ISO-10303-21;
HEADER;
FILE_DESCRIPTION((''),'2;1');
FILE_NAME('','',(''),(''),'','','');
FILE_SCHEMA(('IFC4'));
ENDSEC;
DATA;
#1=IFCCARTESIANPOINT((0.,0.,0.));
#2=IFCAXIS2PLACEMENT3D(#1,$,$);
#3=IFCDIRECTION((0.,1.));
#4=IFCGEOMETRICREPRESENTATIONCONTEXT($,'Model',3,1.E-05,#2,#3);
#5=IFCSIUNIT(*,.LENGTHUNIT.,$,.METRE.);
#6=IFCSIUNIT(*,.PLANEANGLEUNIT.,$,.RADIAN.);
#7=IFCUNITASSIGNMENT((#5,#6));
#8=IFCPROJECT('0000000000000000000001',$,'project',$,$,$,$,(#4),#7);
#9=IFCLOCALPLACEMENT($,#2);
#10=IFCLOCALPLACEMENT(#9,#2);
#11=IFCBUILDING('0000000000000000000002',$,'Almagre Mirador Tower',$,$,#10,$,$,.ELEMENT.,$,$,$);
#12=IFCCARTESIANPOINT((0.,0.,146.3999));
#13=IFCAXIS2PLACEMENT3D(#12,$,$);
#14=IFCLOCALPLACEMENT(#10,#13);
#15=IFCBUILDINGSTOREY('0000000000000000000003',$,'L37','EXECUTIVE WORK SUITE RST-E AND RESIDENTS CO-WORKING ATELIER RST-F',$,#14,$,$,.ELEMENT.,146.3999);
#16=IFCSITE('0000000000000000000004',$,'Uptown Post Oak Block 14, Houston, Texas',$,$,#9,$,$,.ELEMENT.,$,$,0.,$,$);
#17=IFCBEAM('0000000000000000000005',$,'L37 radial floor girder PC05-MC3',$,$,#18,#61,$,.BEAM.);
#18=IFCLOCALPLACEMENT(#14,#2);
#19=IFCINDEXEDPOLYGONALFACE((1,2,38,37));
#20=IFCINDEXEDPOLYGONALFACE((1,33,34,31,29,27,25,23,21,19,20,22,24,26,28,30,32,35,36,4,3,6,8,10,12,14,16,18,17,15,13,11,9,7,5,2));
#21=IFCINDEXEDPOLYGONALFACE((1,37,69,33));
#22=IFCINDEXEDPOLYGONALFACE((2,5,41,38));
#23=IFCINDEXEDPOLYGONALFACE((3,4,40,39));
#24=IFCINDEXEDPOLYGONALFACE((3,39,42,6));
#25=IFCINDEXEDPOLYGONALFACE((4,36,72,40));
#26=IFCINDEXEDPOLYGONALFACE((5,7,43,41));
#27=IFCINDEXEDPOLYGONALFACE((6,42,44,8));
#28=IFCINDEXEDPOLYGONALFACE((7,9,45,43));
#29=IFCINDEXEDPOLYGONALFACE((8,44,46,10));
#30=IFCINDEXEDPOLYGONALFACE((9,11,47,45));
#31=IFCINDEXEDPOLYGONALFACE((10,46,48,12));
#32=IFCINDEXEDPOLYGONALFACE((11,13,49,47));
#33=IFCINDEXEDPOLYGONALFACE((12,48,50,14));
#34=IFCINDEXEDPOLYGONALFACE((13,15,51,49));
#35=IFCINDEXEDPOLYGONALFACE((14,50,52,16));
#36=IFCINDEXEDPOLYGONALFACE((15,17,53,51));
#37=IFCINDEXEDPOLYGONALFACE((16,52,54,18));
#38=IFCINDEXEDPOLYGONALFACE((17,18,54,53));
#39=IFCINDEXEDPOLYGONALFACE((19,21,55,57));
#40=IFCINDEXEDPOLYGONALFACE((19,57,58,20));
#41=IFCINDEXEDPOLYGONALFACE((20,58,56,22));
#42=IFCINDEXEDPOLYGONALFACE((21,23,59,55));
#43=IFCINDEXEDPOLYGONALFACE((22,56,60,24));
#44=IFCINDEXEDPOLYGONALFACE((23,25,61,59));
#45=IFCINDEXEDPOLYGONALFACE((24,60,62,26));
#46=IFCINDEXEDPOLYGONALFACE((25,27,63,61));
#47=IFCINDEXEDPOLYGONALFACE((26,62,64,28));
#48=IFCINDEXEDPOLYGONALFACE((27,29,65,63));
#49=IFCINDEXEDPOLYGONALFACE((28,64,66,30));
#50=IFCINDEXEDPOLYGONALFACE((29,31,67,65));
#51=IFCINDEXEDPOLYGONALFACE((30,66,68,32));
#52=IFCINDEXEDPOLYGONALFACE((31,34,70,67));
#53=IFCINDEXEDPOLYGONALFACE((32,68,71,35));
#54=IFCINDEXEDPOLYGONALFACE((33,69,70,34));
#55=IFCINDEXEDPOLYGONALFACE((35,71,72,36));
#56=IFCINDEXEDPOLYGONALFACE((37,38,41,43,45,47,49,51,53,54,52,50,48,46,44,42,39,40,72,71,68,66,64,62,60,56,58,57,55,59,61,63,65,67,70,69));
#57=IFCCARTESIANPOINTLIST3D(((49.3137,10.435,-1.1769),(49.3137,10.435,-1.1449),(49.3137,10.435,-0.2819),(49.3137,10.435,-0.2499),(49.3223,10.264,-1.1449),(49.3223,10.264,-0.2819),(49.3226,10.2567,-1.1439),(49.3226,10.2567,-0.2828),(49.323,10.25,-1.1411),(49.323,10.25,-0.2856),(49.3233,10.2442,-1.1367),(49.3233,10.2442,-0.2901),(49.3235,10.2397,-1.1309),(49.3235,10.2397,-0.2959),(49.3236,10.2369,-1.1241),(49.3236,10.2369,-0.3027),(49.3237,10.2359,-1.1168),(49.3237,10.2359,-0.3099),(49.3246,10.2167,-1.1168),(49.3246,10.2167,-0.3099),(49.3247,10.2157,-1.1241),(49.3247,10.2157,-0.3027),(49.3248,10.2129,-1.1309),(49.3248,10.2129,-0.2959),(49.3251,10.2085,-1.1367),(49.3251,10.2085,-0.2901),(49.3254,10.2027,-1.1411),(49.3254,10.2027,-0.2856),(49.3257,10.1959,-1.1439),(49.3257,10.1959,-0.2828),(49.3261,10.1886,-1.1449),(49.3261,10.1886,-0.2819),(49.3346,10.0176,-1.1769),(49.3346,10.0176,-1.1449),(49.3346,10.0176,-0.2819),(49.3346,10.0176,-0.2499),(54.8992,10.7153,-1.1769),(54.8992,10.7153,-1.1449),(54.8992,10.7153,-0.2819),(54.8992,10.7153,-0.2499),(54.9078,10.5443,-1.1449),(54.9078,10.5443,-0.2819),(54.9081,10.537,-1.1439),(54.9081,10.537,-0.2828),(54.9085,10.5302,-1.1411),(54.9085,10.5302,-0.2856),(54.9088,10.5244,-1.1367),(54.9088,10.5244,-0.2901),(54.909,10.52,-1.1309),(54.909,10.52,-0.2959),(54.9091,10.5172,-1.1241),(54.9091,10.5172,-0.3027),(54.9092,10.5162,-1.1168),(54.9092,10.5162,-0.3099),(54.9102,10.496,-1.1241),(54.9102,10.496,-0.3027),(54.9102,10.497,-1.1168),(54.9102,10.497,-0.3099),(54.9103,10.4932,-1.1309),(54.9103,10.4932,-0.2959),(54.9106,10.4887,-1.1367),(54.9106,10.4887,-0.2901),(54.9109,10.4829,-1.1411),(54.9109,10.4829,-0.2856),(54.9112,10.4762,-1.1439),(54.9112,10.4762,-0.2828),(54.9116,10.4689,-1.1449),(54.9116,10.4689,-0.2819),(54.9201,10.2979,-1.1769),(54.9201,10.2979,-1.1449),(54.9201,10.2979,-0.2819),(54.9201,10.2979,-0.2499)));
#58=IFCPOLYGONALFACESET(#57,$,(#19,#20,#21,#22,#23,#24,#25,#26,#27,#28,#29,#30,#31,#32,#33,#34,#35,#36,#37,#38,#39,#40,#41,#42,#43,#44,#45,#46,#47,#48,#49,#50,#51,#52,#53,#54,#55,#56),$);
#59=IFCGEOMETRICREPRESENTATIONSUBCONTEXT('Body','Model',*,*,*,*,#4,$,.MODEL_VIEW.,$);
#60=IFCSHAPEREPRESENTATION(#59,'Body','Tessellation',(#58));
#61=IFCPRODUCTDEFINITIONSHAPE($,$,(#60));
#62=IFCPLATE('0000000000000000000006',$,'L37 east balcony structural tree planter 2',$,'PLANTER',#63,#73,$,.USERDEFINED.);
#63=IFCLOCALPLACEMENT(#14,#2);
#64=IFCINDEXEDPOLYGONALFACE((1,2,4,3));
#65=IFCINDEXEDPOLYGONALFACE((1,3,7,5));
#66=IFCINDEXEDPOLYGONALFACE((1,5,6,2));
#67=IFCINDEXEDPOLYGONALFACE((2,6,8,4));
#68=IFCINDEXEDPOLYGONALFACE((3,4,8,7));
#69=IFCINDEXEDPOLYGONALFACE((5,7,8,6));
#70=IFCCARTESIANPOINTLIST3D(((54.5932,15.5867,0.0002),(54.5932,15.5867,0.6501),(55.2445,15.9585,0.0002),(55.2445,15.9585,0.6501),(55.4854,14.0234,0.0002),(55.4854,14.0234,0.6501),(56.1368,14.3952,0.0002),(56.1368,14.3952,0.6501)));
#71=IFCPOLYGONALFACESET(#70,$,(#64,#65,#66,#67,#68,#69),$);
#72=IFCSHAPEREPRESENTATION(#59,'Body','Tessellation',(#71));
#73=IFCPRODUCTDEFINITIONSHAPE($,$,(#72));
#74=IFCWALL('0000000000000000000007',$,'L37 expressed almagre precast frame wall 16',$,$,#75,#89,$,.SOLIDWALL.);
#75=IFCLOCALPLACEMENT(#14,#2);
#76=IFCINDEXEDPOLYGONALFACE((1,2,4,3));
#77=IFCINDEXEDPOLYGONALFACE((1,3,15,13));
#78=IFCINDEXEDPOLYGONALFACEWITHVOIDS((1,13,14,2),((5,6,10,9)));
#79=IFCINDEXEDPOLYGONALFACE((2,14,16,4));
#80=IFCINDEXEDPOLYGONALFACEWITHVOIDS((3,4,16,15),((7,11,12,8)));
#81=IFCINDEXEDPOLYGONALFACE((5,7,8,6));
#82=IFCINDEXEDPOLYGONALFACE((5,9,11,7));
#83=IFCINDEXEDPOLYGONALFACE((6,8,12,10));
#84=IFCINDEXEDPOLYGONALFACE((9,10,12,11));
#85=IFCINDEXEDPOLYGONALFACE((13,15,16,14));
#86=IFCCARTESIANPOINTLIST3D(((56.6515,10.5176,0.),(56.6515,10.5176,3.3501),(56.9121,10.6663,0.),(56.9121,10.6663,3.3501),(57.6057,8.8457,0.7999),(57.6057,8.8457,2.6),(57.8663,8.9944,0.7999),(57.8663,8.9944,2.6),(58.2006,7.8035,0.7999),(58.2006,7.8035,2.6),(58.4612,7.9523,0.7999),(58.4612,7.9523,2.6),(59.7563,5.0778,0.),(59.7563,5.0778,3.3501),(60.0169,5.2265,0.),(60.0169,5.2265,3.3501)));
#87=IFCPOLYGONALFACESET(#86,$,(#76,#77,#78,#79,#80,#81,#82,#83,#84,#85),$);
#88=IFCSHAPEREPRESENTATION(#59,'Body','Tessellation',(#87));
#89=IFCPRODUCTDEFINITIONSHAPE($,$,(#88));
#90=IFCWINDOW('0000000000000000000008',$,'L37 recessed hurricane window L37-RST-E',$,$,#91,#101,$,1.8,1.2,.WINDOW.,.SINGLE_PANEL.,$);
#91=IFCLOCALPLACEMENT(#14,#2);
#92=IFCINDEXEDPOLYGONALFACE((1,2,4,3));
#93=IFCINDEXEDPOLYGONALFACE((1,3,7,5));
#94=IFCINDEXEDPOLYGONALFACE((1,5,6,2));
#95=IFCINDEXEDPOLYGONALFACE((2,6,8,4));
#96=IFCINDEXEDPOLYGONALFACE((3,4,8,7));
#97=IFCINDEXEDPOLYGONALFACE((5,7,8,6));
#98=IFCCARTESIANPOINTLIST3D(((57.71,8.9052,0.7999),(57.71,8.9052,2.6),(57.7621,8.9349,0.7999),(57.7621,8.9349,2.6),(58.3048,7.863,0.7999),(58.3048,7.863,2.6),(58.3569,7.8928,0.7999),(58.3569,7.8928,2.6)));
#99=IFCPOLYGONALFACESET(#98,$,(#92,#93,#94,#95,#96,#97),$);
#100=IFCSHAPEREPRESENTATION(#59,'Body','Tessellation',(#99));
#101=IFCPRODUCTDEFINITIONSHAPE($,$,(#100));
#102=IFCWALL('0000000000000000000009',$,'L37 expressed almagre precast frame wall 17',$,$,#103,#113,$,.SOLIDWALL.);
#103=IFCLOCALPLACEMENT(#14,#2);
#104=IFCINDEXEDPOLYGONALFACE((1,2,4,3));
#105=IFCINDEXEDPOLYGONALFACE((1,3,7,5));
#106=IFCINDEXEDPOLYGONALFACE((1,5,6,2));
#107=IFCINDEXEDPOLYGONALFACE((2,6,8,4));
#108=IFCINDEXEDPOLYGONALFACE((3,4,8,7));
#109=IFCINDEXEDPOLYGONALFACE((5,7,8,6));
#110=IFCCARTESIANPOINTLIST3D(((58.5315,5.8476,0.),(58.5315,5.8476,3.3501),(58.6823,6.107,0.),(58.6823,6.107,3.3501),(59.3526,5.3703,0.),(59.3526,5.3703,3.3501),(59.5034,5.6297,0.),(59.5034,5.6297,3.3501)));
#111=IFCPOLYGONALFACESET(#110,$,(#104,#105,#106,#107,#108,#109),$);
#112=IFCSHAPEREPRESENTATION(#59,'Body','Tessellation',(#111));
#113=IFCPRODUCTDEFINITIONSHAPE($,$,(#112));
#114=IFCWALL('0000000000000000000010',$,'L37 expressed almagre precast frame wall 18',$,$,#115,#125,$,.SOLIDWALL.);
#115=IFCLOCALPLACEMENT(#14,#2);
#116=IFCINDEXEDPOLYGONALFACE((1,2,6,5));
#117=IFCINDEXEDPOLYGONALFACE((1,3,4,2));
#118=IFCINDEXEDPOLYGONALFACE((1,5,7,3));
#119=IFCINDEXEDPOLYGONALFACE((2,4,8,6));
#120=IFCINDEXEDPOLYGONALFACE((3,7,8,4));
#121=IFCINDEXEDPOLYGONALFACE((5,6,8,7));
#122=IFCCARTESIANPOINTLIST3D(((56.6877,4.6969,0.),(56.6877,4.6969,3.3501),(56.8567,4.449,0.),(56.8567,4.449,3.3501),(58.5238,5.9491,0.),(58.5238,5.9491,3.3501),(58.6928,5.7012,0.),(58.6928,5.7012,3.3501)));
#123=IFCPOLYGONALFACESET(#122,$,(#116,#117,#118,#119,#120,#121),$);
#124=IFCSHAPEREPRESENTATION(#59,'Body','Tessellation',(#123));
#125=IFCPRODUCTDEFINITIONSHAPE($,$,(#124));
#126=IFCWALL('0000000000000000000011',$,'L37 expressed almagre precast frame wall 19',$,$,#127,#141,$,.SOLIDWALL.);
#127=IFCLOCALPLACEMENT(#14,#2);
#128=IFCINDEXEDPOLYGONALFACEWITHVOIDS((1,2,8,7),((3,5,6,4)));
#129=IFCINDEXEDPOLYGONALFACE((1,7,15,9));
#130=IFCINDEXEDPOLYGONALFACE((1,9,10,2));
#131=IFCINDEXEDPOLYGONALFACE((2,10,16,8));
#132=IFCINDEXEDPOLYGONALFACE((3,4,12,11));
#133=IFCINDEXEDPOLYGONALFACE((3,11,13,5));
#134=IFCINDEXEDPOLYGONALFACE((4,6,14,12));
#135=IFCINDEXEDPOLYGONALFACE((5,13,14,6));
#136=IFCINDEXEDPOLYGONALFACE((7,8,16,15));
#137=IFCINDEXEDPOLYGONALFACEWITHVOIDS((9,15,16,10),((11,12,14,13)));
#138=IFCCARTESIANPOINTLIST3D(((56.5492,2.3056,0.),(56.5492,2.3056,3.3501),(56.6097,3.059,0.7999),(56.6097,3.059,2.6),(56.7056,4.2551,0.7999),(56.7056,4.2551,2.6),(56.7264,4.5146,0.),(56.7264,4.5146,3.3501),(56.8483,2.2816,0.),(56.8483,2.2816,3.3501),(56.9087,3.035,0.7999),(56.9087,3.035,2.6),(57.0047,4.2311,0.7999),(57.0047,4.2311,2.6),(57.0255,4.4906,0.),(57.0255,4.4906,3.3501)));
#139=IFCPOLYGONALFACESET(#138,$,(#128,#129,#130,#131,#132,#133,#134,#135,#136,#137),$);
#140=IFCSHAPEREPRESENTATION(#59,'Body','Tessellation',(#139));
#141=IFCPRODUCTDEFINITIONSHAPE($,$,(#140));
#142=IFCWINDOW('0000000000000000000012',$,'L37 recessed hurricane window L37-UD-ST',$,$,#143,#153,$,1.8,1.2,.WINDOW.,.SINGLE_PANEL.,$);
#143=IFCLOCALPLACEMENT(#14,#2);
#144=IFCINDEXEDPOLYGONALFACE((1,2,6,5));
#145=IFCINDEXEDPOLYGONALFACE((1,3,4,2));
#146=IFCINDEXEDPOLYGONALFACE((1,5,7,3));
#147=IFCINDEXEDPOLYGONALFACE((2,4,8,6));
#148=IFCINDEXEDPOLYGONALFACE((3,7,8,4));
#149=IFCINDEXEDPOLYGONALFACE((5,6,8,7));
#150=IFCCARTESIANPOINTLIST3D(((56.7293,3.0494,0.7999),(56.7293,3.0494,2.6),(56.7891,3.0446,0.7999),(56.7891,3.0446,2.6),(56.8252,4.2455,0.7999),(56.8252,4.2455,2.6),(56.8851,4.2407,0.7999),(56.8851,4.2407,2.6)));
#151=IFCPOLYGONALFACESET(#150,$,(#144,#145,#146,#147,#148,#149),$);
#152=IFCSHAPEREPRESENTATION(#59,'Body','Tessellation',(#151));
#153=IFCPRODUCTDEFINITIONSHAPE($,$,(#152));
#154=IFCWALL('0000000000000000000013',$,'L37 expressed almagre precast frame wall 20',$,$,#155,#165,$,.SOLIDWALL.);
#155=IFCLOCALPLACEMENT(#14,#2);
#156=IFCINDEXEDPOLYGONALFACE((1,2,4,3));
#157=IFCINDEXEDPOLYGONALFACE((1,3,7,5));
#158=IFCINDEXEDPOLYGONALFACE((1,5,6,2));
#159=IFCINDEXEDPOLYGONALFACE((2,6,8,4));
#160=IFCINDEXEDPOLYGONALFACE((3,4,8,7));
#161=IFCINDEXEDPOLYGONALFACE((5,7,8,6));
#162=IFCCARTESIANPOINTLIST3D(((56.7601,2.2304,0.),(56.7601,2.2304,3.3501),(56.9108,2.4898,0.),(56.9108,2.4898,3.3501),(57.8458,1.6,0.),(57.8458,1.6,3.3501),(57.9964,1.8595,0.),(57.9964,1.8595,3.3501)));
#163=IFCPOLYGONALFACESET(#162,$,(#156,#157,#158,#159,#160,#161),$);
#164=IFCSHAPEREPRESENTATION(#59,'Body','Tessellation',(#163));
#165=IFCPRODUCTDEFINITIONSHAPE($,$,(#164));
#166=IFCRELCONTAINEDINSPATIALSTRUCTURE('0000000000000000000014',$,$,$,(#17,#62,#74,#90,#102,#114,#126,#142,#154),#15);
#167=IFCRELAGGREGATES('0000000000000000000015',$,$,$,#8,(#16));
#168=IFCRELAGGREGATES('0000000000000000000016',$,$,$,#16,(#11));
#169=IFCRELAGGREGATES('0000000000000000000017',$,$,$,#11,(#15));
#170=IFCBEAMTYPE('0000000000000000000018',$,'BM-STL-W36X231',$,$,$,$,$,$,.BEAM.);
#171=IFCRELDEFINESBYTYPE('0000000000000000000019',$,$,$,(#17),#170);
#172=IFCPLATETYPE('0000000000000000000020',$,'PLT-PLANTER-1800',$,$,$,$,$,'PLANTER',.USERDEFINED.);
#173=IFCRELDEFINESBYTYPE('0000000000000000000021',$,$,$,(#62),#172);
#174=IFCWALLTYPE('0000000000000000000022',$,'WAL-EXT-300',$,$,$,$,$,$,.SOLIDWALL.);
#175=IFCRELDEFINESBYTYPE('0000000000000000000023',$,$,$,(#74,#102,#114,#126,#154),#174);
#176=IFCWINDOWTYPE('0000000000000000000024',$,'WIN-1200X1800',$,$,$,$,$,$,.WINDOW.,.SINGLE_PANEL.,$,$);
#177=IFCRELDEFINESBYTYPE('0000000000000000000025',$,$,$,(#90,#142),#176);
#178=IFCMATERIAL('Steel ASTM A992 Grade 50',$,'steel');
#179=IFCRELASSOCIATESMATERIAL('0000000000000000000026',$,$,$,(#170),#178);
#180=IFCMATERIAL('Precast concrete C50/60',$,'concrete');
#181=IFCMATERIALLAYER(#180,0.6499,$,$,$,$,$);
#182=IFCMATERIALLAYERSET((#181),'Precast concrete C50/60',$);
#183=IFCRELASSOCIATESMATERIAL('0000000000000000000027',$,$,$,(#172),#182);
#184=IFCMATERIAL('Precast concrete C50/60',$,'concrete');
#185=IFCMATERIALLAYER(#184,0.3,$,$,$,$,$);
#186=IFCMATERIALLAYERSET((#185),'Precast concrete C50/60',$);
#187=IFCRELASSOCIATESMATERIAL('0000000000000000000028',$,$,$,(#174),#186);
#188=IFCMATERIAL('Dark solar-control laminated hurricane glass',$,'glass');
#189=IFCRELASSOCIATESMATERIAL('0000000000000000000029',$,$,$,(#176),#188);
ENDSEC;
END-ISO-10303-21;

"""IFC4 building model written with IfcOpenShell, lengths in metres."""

from ifc_helpers import new_model, si_unit, direction, frame, frame_2d, origin, origin_2d, place, context, subcontext, project, spatial, rectangle, i_section, extrude, material, layer, layer_set, material_profile, profile_set, type_object, element, fill, save


model = new_model("IFC4")

# Units and contexts
model_context = context("Model", 3, precision=1e-05, world=origin(), true_north=direction((0.0, 1.0)))
body_context = subcontext(model_context, "Body", "Model", "MODEL_VIEW")
ifc_project = project(units=[si_unit("LENGTHUNIT", "METRE"), si_unit("PLANEANGLEUNIT", "RADIAN")], contexts=[model_context])

# Site, building, storey
site_placement = place(None, origin())
site = spatial("IfcSite", under=ifc_project, at=site_placement, Name="Uptown Post Oak Block 14, Houston, Texas", CompositionType="ELEMENT", RefElevation=0.0)
building_placement = place(site_placement, origin())
building = spatial("IfcBuilding", under=site, at=building_placement, Name="Almagre Mirador Tower", CompositionType="ELEMENT")
storey_placement = place(building_placement, frame((0.0, 0.0, 146.3999)))
storey = spatial("IfcBuildingStorey", under=building, at=storey_placement, Name="L37", Description="EXECUTIVE WORK SUITE RST-E AND RESIDENTS CO-WORKING ATELIER RST-F", CompositionType="ELEMENT", Elevation=146.3999)

# Beam
ifc_material_1 = material(Name="Steel ASTM A992 Grade 50", Category="steel")
ifc_material_profile_1 = material_profile(ifc_material_1, i_section(OverallWidth=0.418, OverallDepth=0.927, WebThickness=0.0193, FlangeThickness=0.032, FilletRadius=0.0281, at=origin_2d()), Name="W36X231")
ifc_profile_set_1 = profile_set([ifc_material_profile_1], Name="Steel ASTM A992 Grade 50")
beam_type_1 = type_object("IfcBeamType", Name="BM-STL-W36X231", PredefinedType="BEAM", material=ifc_profile_set_1)
beam_1_placement = place(storey_placement, frame((54.9097, 10.5066, -0.7134), z_axis=(-0.998743, -0.050116, 0.0), x_axis=(0.050116, -0.998743, 0.0)))
element("IfcBeam", 1, at=beam_1_placement, inside=storey, type_object=beam_type_1, Name="L37 radial floor girder PC05-MC3", PredefinedType="BEAM", context=body_context, shape_type="SweptSolid", body=[
    extrude(i_section(OverallWidth=0.418, OverallDepth=0.927, WebThickness=0.0193, FlangeThickness=0.032, FilletRadius=0.0281, at=origin_2d()), origin(), (0.0, 0.0, 1.0), 5.5925),
])

# Plate
ifc_material_2 = material(Name="Precast concrete C50/60", Category="concrete")
ifc_layer_1 = layer(ifc_material_2, 0.6499)
ifc_layer_set_1 = layer_set([ifc_layer_1], Name="Precast concrete C50/60")
plate_type = type_object("IfcPlateType", Name="PLT-PLANTER-1800", ElementType="PLANTER", PredefinedType="USERDEFINED", material=ifc_layer_set_1)
plate_placement = place(storey_placement, frame((55.365, 14.991, 0.0002), z_axis=(0.0, 0.0, 1.0), x_axis=(-0.495701, 0.868493, 0.0)))
element("IfcPlate", 2, at=plate_placement, inside=storey, type_object=plate_type, Name="L37 east balcony structural tree planter 2", ObjectType="PLANTER", PredefinedType="USERDEFINED", context=body_context, shape_type="SweptSolid", body=[
    extrude(rectangle(XDim=1.8, YDim=0.75, at=origin_2d()), origin(), (0.0, 0.0, 1.0), 0.6499),
])

# Wall, opening, window
ifc_material_3 = material(Name="Precast concrete C50/60", Category="concrete")
ifc_layer_2 = layer(ifc_material_3, 0.3)
ifc_layer_set_2 = layer_set([ifc_layer_2], Name="Precast concrete C50/60")
wall_type_1 = type_object("IfcWallType", Name="WAL-EXT-300", PredefinedType="SOLIDWALL", material=ifc_layer_set_2)
wall_1_placement = place(storey_placement, frame((56.7817, 10.592, 0.0), z_axis=(0.0, 0.0, 1.0), x_axis=(0.495698, -0.868495, 0.0)))
wall_1 = element("IfcWall", 3, at=wall_1_placement, inside=storey, type_object=wall_type_1, Name="L37 expressed almagre precast frame wall 16", PredefinedType="SOLIDWALL", context=body_context, shape_type="SweptSolid", body=[
    extrude(rectangle(XDim=6.2634, YDim=0.3, at=frame_2d((3.1318, 0.0))), origin(), (0.0, 0.0, 1.0), 3.3501),
])
opening_1_placement = place(wall_1_placement, frame((1.925, 0.0, 0.8)))
opening_1 = element("IfcOpeningElement", 4, at=opening_1_placement, cuts=wall_1, PredefinedType="OPENING", context=body_context, shape_type="SweptSolid", body=[
    extrude(rectangle(XDim=1.2, YDim=1.8, at=frame_2d((0.6001, 0.8999))), frame((0.0, 0.1599, 0.0), z_axis=(0.0, -1.0, 0.0), x_axis=(1.0, 0.0, 0.0)), (0.0, 0.0, 1.0), 0.32),
])
ifc_material_4 = material(Name="Dark solar-control laminated hurricane glass", Category="glass")
window_type_1 = type_object("IfcWindowType", Name="WIN-1200X1800", PartitioningType="SINGLE_PANEL", PredefinedType="WINDOW", material=ifc_material_4)
window_1_placement = place(opening_1_placement, origin())
window_1 = element("IfcWindow", 5, at=window_1_placement, inside=storey, type_object=window_type_1, Name="L37 recessed hurricane window L37-RST-E", OverallHeight=1.8, OverallWidth=1.2, PartitioningType="SINGLE_PANEL", PredefinedType="WINDOW", context=body_context, shape_type="SweptSolid", body=[
    extrude(rectangle(XDim=1.2, YDim=1.8, at=frame_2d((0.6001, 0.8999))), frame((0.0, 0.03, 0.0), z_axis=(0.0, -1.0, 0.0), x_axis=(1.0, 0.0, 0.0)), (0.0, 0.0, 1.0), 0.0601),
])
fill(opening_1, window_1)

# Walls
wall_2_placement = place(storey_placement, frame((59.428, 5.5, 0.0), z_axis=(0.0, 0.0, 1.0), x_axis=(-0.864533, 0.502576, 0.0)))
element("IfcWall", 6, at=wall_2_placement, inside=storey, type_object=wall_type_1, Name="L37 expressed almagre precast frame wall 17", PredefinedType="SOLIDWALL", context=body_context, shape_type="SweptSolid", body=[
    extrude(rectangle(XDim=0.9497, YDim=0.3, at=frame_2d((0.4749, 0.0))), origin(), (0.0, 0.0, 1.0), 3.3501),
])
wall_3_placement = place(storey_placement, frame((58.6084, 5.8252, 0.0), z_axis=(0.0, 0.0, 1.0), x_axis=(-0.826174, -0.563415, 0.0)))
element("IfcWall", 7, at=wall_3_placement, inside=storey, type_object=wall_type_1, Name="L37 expressed almagre precast frame wall 18", PredefinedType="SOLIDWALL", context=body_context, shape_type="SweptSolid", body=[
    extrude(rectangle(XDim=2.2224, YDim=0.3, at=frame_2d((1.1113, 0.0))), origin(), (0.0, 0.0, 1.0), 3.3501),
])

# Wall, opening, window
wall_4_placement = place(storey_placement, frame((56.876, 4.5024, 0.0), z_axis=(0.0, 0.0, 1.0), x_axis=(-0.079982, -0.996796, 0.0)))
wall_4 = element("IfcWall", 8, at=wall_4_placement, inside=storey, type_object=wall_type_1, Name="L37 expressed almagre precast frame wall 19", PredefinedType="SOLIDWALL", context=body_context, shape_type="SweptSolid", body=[
    extrude(rectangle(XDim=2.2161, YDim=0.3, at=frame_2d((1.1079, 0.0))), origin(), (0.0, 0.0, 1.0), 3.3501),
])
opening_2_placement = place(wall_4_placement, frame((0.26, 0.0, 0.8)))
opening_2 = element("IfcOpeningElement", 9, at=opening_2_placement, cuts=wall_4, PredefinedType="OPENING", context=body_context, shape_type="SweptSolid", body=[
    extrude(rectangle(XDim=1.2, YDim=1.8, at=frame_2d((0.6001, 0.8999))), frame((0.0, 0.1599, 0.0), z_axis=(0.0, -1.0, 0.0), x_axis=(1.0, 0.0, 0.0)), (0.0, 0.0, 1.0), 0.32),
])
window_2_placement = place(opening_2_placement, origin())
window_2 = element("IfcWindow", 10, at=window_2_placement, inside=storey, type_object=window_type_1, Name="L37 recessed hurricane window L37-UD-ST", OverallHeight=1.8, OverallWidth=1.2, PartitioningType="SINGLE_PANEL", PredefinedType="WINDOW", context=body_context, shape_type="SweptSolid", body=[
    extrude(rectangle(XDim=1.2, YDim=1.8, at=frame_2d((0.6001, 0.8999))), frame((0.0, 0.03, 0.0), z_axis=(0.0, -1.0, 0.0), x_axis=(1.0, 0.0, 0.0)), (0.0, 0.0, 1.0), 0.0601),
])
fill(opening_2, window_2)

# Wall
wall_5_placement = place(storey_placement, frame((56.8354, 2.3601, 0.0), z_axis=(0.0, 0.0, 1.0), x_axis=(0.8648, -0.502117, 0.0)))
element("IfcWall", 11, at=wall_5_placement, inside=storey, type_object=wall_type_1, Name="L37 expressed almagre precast frame wall 20", PredefinedType="SOLIDWALL", context=body_context, shape_type="SweptSolid", body=[
    extrude(rectangle(XDim=1.2554, YDim=0.3, at=frame_2d((0.6277, 0.0))), origin(), (0.0, 0.0, 1.0), 3.3501),
])

save(model, "model.ifc")
